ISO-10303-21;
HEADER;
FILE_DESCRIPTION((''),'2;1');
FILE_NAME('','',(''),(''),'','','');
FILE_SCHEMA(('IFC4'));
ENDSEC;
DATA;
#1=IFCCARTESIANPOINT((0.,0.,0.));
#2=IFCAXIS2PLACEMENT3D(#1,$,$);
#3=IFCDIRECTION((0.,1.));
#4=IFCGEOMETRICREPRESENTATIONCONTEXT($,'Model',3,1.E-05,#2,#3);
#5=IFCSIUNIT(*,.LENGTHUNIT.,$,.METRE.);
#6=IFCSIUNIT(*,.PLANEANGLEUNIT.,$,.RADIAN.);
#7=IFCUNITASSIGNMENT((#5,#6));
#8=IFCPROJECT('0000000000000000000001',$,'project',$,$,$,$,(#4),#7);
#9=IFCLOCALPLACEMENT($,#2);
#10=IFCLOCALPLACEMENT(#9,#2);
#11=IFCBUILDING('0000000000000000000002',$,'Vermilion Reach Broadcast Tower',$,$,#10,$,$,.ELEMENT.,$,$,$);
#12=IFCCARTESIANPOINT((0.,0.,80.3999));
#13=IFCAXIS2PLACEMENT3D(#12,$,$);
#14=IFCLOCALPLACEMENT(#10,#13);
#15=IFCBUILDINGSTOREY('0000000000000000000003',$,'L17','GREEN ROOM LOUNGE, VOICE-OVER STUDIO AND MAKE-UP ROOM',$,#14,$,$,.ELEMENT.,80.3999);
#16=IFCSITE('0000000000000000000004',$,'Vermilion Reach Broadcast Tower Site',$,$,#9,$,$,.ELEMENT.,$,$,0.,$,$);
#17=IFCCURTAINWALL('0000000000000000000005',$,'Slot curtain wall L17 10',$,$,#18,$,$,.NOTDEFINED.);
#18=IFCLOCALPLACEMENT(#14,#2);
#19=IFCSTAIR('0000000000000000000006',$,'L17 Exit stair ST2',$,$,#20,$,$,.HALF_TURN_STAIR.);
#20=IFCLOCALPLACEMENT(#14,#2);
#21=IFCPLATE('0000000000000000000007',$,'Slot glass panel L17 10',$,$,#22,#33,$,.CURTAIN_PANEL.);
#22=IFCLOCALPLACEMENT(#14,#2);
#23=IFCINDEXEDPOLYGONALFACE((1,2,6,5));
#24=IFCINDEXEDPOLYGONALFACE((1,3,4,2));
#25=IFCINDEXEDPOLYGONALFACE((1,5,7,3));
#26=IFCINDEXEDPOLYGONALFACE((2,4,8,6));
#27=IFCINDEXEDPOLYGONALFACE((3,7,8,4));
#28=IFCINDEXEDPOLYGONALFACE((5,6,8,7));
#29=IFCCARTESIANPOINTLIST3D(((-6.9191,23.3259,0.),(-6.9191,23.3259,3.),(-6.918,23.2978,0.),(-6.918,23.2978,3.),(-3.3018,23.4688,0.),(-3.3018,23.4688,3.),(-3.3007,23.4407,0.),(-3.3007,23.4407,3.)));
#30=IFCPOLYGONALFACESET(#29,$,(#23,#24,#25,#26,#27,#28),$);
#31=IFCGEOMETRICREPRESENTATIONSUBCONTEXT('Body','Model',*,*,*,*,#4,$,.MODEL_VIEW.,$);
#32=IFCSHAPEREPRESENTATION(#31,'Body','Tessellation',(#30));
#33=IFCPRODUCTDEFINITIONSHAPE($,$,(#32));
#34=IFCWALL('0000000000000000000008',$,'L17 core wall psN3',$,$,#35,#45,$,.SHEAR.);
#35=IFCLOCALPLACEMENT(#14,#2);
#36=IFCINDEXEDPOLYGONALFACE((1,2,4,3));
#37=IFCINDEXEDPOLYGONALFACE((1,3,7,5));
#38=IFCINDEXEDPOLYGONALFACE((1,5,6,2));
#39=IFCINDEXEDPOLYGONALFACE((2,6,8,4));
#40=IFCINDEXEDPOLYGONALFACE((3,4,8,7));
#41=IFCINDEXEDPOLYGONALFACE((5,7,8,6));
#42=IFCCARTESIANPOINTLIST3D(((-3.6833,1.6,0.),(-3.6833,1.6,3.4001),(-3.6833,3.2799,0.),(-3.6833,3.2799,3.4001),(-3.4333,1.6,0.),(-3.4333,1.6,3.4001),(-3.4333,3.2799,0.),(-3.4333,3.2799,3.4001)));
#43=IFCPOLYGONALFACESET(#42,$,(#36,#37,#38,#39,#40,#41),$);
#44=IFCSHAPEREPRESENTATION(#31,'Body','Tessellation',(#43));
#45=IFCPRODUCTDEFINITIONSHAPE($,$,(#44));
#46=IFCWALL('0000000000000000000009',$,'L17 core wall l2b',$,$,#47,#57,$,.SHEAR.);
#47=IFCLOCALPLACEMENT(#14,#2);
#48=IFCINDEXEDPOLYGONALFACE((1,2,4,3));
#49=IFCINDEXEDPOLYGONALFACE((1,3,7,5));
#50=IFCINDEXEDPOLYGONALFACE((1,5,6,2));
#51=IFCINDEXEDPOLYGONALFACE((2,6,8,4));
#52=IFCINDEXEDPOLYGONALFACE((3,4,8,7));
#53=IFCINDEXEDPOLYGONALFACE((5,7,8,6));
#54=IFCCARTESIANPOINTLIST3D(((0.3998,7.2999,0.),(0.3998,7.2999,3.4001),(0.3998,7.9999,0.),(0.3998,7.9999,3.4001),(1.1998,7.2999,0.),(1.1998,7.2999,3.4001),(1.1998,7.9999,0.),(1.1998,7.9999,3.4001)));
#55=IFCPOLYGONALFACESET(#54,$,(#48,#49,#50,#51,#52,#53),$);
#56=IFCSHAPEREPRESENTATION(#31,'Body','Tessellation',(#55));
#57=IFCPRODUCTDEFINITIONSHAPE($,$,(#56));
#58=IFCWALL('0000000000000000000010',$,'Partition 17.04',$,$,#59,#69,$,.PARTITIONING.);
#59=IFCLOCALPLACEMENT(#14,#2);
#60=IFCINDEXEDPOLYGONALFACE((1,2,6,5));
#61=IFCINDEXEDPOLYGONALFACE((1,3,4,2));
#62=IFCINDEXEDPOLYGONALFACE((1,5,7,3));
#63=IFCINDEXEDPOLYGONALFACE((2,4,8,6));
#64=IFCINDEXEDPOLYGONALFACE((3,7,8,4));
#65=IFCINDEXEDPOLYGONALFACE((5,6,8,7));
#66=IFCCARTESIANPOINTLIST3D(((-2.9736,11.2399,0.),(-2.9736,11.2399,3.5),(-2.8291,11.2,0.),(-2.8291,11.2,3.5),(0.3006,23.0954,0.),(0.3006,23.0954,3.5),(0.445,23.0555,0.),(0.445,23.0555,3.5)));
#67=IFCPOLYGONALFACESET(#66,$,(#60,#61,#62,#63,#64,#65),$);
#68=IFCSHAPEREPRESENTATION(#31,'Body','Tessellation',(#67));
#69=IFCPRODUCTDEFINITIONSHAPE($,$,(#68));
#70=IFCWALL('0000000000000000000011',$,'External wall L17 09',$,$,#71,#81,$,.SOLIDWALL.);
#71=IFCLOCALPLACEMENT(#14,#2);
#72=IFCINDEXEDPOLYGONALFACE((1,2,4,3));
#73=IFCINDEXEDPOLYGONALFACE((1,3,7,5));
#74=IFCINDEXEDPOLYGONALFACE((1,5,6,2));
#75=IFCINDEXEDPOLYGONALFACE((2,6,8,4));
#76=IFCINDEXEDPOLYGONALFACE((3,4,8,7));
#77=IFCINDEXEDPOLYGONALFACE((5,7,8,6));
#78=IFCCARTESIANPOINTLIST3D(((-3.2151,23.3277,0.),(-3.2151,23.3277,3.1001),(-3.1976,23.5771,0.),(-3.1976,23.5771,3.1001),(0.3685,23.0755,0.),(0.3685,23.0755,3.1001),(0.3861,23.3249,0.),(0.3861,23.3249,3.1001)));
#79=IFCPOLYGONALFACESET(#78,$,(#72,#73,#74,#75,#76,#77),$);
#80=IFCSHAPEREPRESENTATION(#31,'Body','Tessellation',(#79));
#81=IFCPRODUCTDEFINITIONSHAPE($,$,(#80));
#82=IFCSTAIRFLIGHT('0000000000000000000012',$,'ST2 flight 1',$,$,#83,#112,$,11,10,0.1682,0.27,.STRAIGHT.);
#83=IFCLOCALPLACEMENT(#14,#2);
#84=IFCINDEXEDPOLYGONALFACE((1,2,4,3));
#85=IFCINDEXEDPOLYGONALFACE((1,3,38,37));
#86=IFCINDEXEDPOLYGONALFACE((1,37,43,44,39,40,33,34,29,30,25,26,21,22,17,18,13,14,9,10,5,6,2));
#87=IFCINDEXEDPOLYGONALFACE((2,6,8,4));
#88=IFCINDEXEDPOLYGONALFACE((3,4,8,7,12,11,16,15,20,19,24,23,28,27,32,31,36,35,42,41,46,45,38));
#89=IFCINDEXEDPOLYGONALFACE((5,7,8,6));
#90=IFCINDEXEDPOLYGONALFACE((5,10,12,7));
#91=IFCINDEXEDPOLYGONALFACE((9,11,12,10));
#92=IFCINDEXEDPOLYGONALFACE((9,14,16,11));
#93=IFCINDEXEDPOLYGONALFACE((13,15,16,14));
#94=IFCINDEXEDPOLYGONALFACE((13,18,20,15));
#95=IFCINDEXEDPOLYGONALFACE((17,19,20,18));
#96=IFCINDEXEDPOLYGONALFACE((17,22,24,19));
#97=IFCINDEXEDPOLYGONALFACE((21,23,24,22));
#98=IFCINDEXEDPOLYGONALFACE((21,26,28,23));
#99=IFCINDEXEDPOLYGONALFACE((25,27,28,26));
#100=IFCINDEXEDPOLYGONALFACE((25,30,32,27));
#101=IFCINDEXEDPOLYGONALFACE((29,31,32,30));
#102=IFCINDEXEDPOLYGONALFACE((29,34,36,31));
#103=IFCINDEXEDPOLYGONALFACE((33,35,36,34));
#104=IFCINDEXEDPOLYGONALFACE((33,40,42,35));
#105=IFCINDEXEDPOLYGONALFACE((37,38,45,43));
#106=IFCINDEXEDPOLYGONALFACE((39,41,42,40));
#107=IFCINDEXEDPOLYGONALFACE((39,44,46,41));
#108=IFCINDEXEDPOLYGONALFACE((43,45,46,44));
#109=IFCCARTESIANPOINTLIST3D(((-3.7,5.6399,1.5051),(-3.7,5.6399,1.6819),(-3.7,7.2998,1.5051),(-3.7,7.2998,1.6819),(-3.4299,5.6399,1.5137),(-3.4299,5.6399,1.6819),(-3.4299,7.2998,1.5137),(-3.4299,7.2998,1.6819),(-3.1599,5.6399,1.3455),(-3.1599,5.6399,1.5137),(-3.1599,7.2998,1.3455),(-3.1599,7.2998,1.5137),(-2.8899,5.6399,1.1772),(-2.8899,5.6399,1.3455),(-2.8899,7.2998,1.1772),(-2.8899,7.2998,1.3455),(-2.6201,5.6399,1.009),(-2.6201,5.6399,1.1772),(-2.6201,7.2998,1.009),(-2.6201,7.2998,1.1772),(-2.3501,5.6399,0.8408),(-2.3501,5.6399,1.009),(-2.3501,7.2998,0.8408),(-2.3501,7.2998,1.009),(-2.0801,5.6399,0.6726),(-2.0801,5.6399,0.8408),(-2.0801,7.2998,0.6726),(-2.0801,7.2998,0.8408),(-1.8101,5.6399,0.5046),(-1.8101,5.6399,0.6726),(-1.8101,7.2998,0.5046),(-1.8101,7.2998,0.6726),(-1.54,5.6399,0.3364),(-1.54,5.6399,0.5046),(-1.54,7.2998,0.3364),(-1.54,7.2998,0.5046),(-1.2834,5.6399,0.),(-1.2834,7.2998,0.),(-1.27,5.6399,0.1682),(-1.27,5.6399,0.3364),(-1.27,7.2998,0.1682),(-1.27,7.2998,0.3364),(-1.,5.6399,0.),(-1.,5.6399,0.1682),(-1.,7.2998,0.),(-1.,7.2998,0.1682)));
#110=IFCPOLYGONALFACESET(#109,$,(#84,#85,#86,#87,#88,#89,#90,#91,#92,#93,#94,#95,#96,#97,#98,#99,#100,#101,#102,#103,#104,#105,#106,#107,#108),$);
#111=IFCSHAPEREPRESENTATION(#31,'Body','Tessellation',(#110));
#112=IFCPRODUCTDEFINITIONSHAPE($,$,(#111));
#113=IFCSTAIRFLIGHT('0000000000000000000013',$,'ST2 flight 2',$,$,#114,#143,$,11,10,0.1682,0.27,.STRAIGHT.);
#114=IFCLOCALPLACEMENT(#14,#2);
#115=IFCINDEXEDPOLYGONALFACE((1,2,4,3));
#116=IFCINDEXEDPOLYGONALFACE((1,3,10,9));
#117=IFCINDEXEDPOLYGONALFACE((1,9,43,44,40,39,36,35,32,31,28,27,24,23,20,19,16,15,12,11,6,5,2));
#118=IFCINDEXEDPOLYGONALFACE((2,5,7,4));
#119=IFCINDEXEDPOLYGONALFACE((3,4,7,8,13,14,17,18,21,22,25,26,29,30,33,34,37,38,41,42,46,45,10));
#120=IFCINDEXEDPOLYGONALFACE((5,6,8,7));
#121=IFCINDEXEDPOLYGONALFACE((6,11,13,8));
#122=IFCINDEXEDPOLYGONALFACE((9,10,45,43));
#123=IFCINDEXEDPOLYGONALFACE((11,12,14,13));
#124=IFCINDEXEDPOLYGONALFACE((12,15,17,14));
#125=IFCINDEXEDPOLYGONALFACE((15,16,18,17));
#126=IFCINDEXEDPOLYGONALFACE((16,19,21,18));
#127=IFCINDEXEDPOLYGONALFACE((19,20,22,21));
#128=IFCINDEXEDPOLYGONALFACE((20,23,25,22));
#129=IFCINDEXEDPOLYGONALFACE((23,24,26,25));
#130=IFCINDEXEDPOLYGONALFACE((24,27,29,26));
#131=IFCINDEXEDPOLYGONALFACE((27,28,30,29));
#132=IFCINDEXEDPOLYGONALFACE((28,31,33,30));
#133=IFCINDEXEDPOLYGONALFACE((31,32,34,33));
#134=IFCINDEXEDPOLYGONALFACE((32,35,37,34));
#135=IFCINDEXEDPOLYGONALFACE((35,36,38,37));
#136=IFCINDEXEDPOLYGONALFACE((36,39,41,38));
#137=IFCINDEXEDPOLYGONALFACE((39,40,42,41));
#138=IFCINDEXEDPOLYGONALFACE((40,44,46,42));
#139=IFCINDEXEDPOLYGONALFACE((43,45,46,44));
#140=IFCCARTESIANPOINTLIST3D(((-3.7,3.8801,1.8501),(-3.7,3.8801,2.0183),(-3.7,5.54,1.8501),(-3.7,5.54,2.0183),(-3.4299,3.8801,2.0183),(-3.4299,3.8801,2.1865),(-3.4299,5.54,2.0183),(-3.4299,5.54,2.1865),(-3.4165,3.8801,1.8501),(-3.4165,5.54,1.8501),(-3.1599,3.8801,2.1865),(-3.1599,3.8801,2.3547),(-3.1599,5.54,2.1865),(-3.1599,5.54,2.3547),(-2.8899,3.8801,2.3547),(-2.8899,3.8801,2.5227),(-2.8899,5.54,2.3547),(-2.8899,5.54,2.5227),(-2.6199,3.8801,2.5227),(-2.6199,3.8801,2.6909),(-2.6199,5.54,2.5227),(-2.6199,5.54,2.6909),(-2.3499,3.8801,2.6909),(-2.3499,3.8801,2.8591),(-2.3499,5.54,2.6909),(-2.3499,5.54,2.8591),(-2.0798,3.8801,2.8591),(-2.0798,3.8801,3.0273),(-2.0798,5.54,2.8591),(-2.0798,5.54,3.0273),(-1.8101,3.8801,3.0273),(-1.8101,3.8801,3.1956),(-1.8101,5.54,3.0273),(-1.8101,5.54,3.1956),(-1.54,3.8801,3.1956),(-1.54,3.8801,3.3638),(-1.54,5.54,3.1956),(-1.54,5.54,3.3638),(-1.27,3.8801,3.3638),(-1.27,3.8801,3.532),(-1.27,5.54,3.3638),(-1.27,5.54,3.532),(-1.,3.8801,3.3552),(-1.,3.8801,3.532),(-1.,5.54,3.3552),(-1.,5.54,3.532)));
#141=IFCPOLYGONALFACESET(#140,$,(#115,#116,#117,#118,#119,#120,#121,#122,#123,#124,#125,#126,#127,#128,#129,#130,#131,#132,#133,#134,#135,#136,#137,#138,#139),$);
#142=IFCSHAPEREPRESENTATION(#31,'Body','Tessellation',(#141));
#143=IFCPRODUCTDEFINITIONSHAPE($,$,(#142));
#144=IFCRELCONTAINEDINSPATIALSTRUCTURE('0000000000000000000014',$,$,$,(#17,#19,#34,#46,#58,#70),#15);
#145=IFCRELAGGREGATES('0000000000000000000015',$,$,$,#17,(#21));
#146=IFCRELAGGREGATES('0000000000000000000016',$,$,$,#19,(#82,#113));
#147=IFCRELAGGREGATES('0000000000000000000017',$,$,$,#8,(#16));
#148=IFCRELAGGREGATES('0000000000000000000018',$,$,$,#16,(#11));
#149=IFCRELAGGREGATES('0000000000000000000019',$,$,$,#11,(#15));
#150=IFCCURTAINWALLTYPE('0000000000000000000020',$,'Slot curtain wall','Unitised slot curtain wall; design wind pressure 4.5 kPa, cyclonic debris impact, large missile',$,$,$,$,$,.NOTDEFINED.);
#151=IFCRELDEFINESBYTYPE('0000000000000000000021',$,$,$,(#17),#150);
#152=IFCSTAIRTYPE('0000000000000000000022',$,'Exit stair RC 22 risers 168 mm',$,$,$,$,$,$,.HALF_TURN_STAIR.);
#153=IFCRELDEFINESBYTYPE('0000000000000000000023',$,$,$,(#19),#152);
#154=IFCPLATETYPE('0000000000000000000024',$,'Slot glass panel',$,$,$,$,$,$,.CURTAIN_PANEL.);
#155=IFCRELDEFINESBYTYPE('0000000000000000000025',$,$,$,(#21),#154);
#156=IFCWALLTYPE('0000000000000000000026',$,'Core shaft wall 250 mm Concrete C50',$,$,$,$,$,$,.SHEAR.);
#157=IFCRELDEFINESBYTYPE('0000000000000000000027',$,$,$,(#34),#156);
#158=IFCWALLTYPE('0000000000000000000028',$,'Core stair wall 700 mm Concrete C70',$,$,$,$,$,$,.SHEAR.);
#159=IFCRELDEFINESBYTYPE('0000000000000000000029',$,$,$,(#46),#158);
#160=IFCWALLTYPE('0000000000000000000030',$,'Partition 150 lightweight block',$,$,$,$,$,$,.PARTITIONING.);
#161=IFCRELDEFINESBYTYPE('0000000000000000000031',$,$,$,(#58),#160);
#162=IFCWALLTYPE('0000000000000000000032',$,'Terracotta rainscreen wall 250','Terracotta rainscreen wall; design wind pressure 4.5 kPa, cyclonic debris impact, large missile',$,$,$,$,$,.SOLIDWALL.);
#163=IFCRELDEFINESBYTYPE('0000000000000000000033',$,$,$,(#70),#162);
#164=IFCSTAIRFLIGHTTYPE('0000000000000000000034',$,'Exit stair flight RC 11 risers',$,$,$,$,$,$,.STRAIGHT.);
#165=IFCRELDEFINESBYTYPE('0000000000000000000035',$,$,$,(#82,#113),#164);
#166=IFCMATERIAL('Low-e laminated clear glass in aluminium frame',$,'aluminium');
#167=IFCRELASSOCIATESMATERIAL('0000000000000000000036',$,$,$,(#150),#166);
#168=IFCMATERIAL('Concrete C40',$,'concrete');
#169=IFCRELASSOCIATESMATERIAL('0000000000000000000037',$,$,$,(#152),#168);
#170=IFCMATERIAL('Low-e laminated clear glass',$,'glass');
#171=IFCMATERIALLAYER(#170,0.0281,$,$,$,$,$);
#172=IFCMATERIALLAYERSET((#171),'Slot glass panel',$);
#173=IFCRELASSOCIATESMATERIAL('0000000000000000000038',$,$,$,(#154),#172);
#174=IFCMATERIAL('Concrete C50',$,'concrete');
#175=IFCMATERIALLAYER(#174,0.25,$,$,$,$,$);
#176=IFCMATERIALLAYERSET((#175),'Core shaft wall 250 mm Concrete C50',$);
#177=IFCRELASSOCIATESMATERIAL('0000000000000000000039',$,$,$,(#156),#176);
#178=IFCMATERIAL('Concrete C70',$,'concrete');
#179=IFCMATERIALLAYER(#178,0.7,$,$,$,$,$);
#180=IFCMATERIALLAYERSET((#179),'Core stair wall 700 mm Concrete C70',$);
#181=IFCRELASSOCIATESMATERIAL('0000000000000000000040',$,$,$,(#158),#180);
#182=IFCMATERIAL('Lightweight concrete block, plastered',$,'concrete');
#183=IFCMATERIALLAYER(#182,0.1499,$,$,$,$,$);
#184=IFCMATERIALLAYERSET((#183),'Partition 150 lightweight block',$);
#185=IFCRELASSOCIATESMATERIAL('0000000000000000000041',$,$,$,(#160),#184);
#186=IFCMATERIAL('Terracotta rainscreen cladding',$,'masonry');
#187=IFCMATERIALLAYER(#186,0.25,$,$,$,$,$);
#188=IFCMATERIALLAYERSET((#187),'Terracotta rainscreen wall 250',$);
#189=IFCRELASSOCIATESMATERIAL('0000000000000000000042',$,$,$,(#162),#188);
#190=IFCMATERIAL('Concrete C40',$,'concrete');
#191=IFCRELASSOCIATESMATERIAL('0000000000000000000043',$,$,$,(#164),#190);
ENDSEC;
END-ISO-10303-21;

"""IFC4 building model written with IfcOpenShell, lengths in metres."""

from ifc_helpers import new_model, si_unit, direction, frame, frame_2d, origin, origin_2d, place, context, subcontext, project, spatial, polyline, rectangle, outline, extrude, material, layer, layer_set, type_object, element, aggregate, save


model = new_model("IFC4")

# Units and contexts
model_context = context("Model", 3, precision=1e-05, world=origin(), true_north=direction((0.0, 1.0)))
body_context = subcontext(model_context, "Body", "Model", "MODEL_VIEW")
ifc_project = project(units=[si_unit("LENGTHUNIT", "METRE"), si_unit("PLANEANGLEUNIT", "RADIAN")], contexts=[model_context])

# Site, building, storey
site_placement = place(None, origin())
site = spatial("IfcSite", under=ifc_project, at=site_placement, Name="Vermilion Reach Broadcast Tower Site", CompositionType="ELEMENT", RefElevation=0.0)
building_placement = place(site_placement, origin())
building = spatial("IfcBuilding", under=site, at=building_placement, Name="Vermilion Reach Broadcast Tower", CompositionType="ELEMENT")
storey_placement = place(building_placement, frame((0.0, 0.0, 80.3999)))
storey = spatial("IfcBuildingStorey", under=building, at=storey_placement, Name="L17", Description="GREEN ROOM LOUNGE, VOICE-OVER STUDIO AND MAKE-UP ROOM", CompositionType="ELEMENT", Elevation=80.3999)

# Curtain wall
ifc_material_1 = material(Name="Low-e laminated clear glass in aluminium frame", Category="aluminium")
curtain_wall_type = type_object("IfcCurtainWallType", Name="Slot curtain wall", Description="Unitised slot curtain wall; design wind pressure 4.5 kPa, cyclonic debris impact, large missile", PredefinedType="NOTDEFINED", material=ifc_material_1)
placement_1 = place(storey_placement, origin())
curtain_wall = element("IfcCurtainWall", 1, at=placement_1, inside=storey, type_object=curtain_wall_type, Name="Slot curtain wall L17 10", PredefinedType="NOTDEFINED")

# Stair
ifc_material_2 = material(Name="Concrete C40", Category="concrete")
stair_type = type_object("IfcStairType", Name="Exit stair RC 22 risers 168 mm", PredefinedType="HALF_TURN_STAIR", material=ifc_material_2)
stair_1 = element("IfcStair", 2, at=placement_1, inside=storey, type_object=stair_type, Name="L17 Exit stair ST2", PredefinedType="HALF_TURN_STAIR")

# Plate
ifc_material_3 = material(Name="Low-e laminated clear glass", Category="glass")
ifc_layer_1 = layer(ifc_material_3, 0.0281)
ifc_layer_set_1 = layer_set([ifc_layer_1], Name="Slot glass panel")
plate_type = type_object("IfcPlateType", Name="Slot glass panel", PredefinedType="CURTAIN_PANEL", material=ifc_layer_set_1)
plate_placement = place(storey_placement, frame((-5.1099, 23.3833, 0.0), z_axis=(0.0, 0.0, 1.0), x_axis=(-0.99922, -0.039477, 0.0)))
plate = element("IfcPlate", 3, at=plate_placement, type_object=plate_type, Name="Slot glass panel L17 10", PredefinedType="CURTAIN_PANEL", context=body_context, shape_type="SweptSolid", body=[
    extrude(rectangle(XDim=3.6201, YDim=0.0281, at=origin_2d()), origin(), (0.0, 0.0, 1.0), 3.0),
])
aggregate(curtain_wall, [plate])

# Walls
ifc_material_4 = material(Name="Concrete C50", Category="concrete")
ifc_layer_2 = layer(ifc_material_4, 0.25)
ifc_layer_set_2 = layer_set([ifc_layer_2], Name="Core shaft wall 250 mm Concrete C50")
wall_type_1 = type_object("IfcWallType", Name="Core shaft wall 250 mm Concrete C50", PredefinedType="SHEAR", material=ifc_layer_set_2)
wall_1_placement = place(storey_placement, frame((-3.5583, 1.6001, 0.0), z_axis=(0.0, 0.0, 1.0), x_axis=(0.0, 1.0, 0.0)))
element("IfcWall", 4, at=wall_1_placement, inside=storey, type_object=wall_type_1, Name="L17 core wall psN3", PredefinedType="SHEAR", context=body_context, shape_type="SweptSolid", body=[
    extrude(rectangle(XDim=1.6799, YDim=0.25, at=frame_2d((0.8398, 0.0))), origin(), (0.0, 0.0, 1.0), 3.4001),
])
ifc_material_5 = material(Name="Concrete C70", Category="concrete")
ifc_layer_3 = layer(ifc_material_5, 0.7)
ifc_layer_set_3 = layer_set([ifc_layer_3], Name="Core stair wall 700 mm Concrete C70")
wall_type_2 = type_object("IfcWallType", Name="Core stair wall 700 mm Concrete C70", PredefinedType="SHEAR", material=ifc_layer_set_3)
wall_2_placement = place(storey_placement, frame((0.3999, 7.6499, 0.0), z_axis=(0.0, 0.0, 1.0), x_axis=(1.0, 0.0, 0.0)))
element("IfcWall", 5, at=wall_2_placement, inside=storey, type_object=wall_type_2, Name="L17 core wall l2b", PredefinedType="SHEAR", context=body_context, shape_type="SweptSolid", body=[
    extrude(rectangle(XDim=0.8, YDim=0.7, at=frame_2d((0.3999, 0.0))), origin(), (0.0, 0.0, 1.0), 3.4001),
])
ifc_material_6 = material(Name="Lightweight concrete block, plastered", Category="concrete")
ifc_layer_4 = layer(ifc_material_6, 0.1499)
ifc_layer_set_4 = layer_set([ifc_layer_4], Name="Partition 150 lightweight block")
wall_type_3 = type_object("IfcWallType", Name="Partition 150 lightweight block", PredefinedType="PARTITIONING", material=ifc_layer_set_4)
wall_3_placement = place(storey_placement, frame((0.3728, 23.0754, 0.0), z_axis=(0.0, 0.0, 1.0), x_axis=(-0.266208, -0.963916, 0.0)))
element("IfcWall", 6, at=wall_3_placement, inside=storey, type_object=wall_type_3, Name="Partition 17.04", PredefinedType="PARTITIONING", context=body_context, shape_type="SweptSolid", body=[
    extrude(rectangle(XDim=12.2993, YDim=0.1499, at=frame_2d((6.1497, 0.0))), origin(), (0.0, 0.0, 1.0), 3.5),
])

# Shared definitions
ifc_material_7 = material(Name="Terracotta rainscreen cladding", Category="masonry")
ifc_layer_5 = layer(ifc_material_7, 0.25)
ifc_layer_set_5 = layer_set([ifc_layer_5], Name="Terracotta rainscreen wall 250")
wall_type_4 = type_object("IfcWallType", Name="Terracotta rainscreen wall 250", Description="Terracotta rainscreen wall; design wind pressure 4.5 kPa, cyclonic debris impact, large missile", PredefinedType="SOLIDWALL", material=ifc_layer_set_5)

# Wall
wall_4_placement = place(storey_placement, frame((0.3774, 23.2002, 0.0), z_axis=(0.0, 0.0, 1.0), x_axis=(-0.997533, 0.070199, 0.0)))
element("IfcWall", 7, at=wall_4_placement, inside=storey, type_object=wall_type_4, Name="External wall L17 09", PredefinedType="SOLIDWALL", context=body_context, shape_type="SweptSolid", body=[
    extrude(rectangle(XDim=3.5925, YDim=0.25, at=frame_2d((1.7964, 0.0))), origin(), (0.0, 0.0, 1.0), 3.1001),
])

# Stair flights
ifc_material_8 = material(Name="Concrete C40", Category="concrete")
stair_flight_type = type_object("IfcStairFlightType", Name="Exit stair flight RC 11 risers", PredefinedType="STRAIGHT", material=ifc_material_8)
stair_flight_1_placement = place(storey_placement, frame((-1.0, 6.47, 0.0), z_axis=(0.0, 0.0, 1.0), x_axis=(-1.0, 0.0, 0.0)))
stair_flight_1 = element("IfcStairFlight", 8, at=stair_flight_1_placement, type_object=stair_flight_type, Name="ST2 flight 1", NumberOfRisers=11, NumberOfTreads=10, PredefinedType="STRAIGHT", RiserHeight=0.1682, TreadLength=0.27, context=body_context, shape_type="SweptSolid", body=[
    extrude(outline(polyline([(0.0, 0.0), (0.0, 0.1682), (0.27, 0.1682), (0.27, 0.3364), (0.54, 0.3364), (0.54, 0.5046), (0.8101, 0.5046), (0.8101, 0.6726), (1.0801, 0.6726), (1.0801, 0.8408), (1.3501, 0.8408), (1.3501, 1.009), (1.6201, 1.009), (1.6201, 1.1772), (1.8899, 1.1772), (1.8899, 1.3455), (2.1599, 1.3455), (2.1599, 1.5137), (2.4299, 1.5137), (2.4299, 1.6819), (2.7, 1.6819), (2.7, 1.8501), (2.7, 1.5051), (0.2834, 0.0), (0.0, 0.0)])), frame((0.0, 0.8301, 0.0), z_axis=(0.0, -1.0, 0.0), x_axis=(1.0, 0.0, 0.0)), (0.0, 0.0, 1.0), 1.6599),
])
stair_flight_2_placement = place(storey_placement, frame((-3.7, 4.71, 1.8501), z_axis=(0.0, 0.0, 1.0), x_axis=(1.0, 0.0, 0.0)))
stair_flight_2 = element("IfcStairFlight", 9, at=stair_flight_2_placement, type_object=stair_flight_type, Name="ST2 flight 2", NumberOfRisers=11, NumberOfTreads=10, PredefinedType="STRAIGHT", RiserHeight=0.1682, TreadLength=0.27, context=body_context, shape_type="SweptSolid", body=[
    extrude(outline(polyline([(0.0, 0.0), (0.0, 0.1682), (0.27, 0.1682), (0.27, 0.3364), (0.54, 0.3364), (0.54, 0.5046), (0.8101, 0.5046), (0.8101, 0.6726), (1.0801, 0.6726), (1.0801, 0.8408), (1.3501, 0.8408), (1.3501, 1.009), (1.6201, 1.009), (1.6201, 1.1772), (1.8899, 1.1772), (1.8899, 1.3455), (2.1599, 1.3455), (2.1599, 1.5137), (2.4299, 1.5137), (2.4299, 1.6819), (2.7, 1.6819), (2.7, 1.8501), (2.7, 1.5051), (0.2834, 0.0), (0.0, 0.0)])), frame((0.0, 0.8301, 0.0), z_axis=(0.0, -1.0, 0.0), x_axis=(1.0, 0.0, 0.0)), (0.0, 0.0, 1.0), 1.6599),
])
aggregate(stair_1, [stair_flight_1, stair_flight_2])

save(model, "model.ifc")
